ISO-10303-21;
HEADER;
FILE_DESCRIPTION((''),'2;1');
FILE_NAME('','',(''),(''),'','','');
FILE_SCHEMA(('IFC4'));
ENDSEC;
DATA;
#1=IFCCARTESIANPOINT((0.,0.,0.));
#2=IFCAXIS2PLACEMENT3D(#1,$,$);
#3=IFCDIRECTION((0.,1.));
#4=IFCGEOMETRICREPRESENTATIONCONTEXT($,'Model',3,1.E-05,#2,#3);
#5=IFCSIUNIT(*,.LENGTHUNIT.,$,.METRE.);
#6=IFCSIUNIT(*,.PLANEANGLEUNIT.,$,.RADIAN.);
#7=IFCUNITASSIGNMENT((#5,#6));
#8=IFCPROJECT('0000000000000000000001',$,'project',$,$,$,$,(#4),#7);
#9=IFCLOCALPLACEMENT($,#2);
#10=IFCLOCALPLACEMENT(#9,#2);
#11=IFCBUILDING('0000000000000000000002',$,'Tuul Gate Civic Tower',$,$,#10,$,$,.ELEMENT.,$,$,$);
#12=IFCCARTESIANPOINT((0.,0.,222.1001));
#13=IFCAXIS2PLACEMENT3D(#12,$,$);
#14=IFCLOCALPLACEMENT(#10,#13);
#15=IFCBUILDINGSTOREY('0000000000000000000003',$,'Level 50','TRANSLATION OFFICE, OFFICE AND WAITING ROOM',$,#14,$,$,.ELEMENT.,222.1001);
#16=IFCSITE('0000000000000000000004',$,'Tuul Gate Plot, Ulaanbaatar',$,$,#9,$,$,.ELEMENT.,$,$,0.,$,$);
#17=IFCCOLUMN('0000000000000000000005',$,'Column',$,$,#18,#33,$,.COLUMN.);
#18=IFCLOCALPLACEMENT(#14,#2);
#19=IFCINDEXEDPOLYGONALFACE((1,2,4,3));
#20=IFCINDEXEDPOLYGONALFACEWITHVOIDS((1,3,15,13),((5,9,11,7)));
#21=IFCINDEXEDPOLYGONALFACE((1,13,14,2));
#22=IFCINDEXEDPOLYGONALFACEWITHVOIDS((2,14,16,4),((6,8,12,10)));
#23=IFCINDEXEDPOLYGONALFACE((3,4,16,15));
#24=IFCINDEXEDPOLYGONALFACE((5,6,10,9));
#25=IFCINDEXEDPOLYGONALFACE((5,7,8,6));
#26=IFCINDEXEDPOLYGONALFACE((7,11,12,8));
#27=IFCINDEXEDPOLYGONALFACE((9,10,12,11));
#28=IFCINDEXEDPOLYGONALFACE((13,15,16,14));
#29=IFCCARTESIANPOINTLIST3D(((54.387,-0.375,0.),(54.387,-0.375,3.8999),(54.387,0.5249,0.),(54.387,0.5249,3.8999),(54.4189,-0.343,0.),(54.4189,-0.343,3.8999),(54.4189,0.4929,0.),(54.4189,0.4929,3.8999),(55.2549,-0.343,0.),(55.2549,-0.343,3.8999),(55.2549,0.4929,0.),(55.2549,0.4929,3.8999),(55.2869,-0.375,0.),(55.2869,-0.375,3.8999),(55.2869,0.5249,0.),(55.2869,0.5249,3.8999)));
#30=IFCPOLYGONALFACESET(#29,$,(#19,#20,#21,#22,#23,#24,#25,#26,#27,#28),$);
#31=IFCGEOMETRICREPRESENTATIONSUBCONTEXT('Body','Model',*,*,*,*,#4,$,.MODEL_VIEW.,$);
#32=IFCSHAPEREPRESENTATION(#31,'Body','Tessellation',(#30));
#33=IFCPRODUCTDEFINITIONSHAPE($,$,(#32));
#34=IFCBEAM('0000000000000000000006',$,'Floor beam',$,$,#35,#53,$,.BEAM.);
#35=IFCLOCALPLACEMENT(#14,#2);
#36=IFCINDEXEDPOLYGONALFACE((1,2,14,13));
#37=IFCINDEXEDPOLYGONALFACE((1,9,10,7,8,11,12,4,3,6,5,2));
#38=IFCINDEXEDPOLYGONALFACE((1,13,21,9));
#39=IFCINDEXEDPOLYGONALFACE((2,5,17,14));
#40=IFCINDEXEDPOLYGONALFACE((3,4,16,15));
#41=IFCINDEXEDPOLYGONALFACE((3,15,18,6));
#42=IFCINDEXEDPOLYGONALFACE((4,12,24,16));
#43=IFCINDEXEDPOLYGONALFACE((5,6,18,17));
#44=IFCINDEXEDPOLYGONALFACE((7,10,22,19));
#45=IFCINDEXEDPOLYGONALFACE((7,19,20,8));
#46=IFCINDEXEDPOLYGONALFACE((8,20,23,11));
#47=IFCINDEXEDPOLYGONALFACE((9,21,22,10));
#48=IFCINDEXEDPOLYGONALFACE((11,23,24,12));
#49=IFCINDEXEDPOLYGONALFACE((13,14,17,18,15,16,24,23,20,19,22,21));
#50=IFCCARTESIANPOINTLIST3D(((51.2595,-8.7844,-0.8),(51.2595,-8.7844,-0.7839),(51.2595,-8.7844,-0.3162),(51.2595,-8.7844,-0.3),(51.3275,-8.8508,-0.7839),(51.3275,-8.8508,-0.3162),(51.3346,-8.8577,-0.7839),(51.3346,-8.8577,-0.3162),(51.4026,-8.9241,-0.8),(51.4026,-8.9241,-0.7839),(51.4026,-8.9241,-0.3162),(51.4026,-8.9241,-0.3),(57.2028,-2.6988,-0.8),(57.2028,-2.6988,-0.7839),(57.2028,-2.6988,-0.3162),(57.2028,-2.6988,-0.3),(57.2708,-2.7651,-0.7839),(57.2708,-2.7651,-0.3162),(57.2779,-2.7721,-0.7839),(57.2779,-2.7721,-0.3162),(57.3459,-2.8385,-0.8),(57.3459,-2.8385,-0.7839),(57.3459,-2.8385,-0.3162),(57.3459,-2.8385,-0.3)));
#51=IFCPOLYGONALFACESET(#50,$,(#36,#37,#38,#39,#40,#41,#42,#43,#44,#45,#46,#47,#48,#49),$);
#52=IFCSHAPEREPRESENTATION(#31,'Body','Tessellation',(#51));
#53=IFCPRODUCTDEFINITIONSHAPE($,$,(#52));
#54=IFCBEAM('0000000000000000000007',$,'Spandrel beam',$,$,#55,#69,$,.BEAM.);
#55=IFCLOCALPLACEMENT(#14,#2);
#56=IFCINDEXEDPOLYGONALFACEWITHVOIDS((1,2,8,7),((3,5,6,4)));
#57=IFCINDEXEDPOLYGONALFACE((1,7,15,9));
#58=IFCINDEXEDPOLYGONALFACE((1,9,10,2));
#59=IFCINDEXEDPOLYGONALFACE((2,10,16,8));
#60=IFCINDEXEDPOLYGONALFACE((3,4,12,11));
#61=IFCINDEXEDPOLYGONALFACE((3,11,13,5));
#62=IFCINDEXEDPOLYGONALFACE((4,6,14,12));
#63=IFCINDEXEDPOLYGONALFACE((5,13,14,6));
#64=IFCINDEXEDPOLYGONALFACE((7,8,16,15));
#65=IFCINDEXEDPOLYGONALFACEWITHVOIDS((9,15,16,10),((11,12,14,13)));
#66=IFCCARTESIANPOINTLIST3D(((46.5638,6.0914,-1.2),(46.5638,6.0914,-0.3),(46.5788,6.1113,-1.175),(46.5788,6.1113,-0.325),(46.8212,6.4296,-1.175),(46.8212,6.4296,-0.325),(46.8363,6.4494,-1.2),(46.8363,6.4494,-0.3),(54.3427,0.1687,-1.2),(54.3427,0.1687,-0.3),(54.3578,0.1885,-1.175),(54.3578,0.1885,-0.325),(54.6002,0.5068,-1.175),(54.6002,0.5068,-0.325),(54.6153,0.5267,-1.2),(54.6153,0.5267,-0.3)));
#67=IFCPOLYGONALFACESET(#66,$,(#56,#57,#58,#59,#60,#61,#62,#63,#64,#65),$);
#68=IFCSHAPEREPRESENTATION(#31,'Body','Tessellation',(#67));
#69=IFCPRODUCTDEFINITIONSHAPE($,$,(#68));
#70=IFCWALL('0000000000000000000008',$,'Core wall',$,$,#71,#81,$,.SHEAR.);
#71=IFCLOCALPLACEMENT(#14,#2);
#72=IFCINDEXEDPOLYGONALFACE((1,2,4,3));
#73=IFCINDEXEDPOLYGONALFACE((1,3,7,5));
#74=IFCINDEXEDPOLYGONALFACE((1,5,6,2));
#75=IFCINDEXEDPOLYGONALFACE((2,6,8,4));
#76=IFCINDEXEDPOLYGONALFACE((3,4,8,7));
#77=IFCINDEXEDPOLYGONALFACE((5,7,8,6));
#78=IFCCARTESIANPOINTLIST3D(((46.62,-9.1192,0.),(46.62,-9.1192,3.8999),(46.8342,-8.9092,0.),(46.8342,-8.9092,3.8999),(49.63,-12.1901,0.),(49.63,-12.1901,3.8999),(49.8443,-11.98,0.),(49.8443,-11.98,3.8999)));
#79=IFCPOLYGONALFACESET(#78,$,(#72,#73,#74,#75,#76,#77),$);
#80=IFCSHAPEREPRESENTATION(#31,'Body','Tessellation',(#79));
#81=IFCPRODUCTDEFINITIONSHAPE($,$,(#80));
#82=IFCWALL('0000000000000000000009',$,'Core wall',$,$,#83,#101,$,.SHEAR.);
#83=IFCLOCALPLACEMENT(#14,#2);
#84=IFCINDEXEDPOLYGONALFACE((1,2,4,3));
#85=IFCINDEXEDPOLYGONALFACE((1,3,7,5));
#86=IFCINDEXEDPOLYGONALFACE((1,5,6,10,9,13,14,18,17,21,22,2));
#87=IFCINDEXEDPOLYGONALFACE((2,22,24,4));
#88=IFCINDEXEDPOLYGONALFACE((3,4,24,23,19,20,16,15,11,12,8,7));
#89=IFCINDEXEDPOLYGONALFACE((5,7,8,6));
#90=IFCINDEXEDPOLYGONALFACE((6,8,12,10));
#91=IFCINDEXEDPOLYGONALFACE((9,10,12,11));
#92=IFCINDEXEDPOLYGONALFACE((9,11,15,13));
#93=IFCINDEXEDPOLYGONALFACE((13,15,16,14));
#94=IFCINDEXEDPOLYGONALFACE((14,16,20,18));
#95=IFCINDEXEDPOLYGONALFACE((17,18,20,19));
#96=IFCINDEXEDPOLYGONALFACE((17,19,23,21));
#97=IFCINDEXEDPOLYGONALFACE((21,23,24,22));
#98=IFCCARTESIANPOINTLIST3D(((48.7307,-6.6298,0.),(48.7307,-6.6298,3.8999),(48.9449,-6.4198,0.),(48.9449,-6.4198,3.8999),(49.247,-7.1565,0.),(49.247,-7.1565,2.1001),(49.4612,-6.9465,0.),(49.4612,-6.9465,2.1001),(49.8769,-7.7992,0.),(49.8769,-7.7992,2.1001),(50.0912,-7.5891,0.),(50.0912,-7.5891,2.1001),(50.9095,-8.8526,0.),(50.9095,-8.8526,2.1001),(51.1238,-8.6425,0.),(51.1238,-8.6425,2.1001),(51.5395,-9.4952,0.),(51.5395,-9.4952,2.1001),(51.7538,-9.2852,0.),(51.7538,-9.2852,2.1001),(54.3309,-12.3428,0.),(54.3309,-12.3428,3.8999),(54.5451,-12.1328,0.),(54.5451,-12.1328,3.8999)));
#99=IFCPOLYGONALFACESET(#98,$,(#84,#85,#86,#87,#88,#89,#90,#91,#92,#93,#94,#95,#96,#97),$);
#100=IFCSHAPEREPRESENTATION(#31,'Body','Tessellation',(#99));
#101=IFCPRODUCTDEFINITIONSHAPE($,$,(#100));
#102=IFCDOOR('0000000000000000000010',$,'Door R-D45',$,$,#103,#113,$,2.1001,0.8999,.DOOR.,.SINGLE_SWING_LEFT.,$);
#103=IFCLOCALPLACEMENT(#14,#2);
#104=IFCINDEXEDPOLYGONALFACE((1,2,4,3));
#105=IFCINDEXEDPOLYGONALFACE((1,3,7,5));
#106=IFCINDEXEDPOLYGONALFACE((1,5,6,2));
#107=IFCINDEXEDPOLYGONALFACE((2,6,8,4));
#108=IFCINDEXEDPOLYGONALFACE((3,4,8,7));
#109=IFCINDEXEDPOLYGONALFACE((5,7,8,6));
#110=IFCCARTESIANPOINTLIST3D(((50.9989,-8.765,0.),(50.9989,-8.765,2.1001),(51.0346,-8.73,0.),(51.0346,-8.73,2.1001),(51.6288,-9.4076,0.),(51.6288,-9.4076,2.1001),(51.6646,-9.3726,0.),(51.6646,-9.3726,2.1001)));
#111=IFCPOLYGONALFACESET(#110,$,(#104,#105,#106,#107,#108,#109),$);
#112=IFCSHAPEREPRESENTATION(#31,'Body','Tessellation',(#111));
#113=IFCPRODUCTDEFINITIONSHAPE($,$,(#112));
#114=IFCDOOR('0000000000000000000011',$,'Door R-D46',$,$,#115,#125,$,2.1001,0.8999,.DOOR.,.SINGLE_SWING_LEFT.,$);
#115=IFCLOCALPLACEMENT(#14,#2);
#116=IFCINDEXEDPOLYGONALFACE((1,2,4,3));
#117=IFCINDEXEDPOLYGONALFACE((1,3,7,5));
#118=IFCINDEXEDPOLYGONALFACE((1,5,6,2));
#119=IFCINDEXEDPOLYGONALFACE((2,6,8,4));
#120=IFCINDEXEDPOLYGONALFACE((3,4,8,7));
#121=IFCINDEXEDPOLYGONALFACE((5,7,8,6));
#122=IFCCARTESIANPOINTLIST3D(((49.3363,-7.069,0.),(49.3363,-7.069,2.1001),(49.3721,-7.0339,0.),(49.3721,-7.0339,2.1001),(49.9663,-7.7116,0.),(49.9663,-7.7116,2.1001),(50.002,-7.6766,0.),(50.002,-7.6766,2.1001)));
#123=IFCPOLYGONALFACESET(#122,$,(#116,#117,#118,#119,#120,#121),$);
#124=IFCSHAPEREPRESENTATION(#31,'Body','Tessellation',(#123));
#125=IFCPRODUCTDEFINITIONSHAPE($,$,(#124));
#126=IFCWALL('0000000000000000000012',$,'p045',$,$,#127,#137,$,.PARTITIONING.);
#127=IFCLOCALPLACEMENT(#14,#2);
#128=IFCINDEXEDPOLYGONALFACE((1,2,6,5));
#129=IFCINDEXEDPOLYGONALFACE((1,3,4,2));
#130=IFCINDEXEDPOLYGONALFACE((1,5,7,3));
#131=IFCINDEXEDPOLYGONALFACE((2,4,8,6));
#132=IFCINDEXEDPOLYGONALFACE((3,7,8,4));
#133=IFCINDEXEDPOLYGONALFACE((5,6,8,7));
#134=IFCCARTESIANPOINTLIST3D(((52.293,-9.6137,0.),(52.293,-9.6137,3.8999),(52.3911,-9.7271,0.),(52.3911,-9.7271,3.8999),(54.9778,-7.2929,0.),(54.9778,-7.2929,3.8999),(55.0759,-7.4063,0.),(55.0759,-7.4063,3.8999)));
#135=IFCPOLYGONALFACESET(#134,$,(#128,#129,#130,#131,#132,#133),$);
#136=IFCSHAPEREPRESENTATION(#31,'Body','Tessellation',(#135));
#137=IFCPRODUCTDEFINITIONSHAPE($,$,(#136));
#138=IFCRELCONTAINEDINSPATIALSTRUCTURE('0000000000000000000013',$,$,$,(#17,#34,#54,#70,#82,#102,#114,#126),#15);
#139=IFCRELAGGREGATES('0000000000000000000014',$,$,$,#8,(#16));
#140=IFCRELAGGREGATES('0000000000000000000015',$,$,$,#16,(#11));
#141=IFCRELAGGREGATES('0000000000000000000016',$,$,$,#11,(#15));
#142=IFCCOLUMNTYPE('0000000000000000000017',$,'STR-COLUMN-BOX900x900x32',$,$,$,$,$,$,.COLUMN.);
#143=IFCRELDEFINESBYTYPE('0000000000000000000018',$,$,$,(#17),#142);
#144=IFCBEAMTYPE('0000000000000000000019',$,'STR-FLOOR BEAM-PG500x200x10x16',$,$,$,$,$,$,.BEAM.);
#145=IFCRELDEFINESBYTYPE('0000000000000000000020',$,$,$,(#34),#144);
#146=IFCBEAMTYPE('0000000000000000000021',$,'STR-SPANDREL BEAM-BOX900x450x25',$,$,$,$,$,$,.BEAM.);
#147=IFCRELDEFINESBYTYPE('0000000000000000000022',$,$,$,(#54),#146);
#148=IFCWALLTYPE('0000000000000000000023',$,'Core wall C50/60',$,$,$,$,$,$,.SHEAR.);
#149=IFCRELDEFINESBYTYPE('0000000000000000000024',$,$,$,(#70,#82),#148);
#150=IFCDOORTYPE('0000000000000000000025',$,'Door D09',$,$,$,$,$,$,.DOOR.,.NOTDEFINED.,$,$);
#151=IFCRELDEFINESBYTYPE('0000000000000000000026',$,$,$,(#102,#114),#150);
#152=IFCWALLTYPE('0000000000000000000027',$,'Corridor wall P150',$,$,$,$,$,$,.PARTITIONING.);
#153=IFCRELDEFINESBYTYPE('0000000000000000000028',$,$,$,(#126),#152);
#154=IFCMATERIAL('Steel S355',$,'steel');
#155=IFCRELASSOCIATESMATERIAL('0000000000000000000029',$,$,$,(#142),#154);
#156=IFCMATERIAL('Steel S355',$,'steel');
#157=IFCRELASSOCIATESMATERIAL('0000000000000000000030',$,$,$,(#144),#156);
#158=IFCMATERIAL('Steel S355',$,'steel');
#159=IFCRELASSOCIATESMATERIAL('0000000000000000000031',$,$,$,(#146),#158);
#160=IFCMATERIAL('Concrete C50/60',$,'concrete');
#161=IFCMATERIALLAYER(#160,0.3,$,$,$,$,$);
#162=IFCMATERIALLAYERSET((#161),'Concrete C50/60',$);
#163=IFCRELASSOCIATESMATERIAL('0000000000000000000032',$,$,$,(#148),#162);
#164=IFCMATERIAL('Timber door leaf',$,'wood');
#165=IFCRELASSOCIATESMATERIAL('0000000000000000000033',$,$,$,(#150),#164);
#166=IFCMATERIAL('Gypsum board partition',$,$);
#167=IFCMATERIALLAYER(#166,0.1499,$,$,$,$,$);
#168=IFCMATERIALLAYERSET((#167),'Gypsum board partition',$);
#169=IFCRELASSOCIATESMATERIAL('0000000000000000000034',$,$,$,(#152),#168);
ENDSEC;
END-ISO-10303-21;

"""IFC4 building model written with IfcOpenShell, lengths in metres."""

from ifc_helpers import new_model, si_unit, direction, frame, frame_2d, origin, origin_2d, place, context, subcontext, project, spatial, rectangle, hollow_rectangle, i_section, extrude, material, layer, layer_set, material_profile, profile_set, type_object, element, fill, save


model = new_model("IFC4")

# Units and contexts
model_context = context("Model", 3, precision=1e-05, world=origin(), true_north=direction((0.0, 1.0)))
body_context = subcontext(model_context, "Body", "Model", "MODEL_VIEW")
ifc_project = project(units=[si_unit("LENGTHUNIT", "METRE"), si_unit("PLANEANGLEUNIT", "RADIAN")], contexts=[model_context])

# Site, building, storey
site_placement = place(None, origin())
site = spatial("IfcSite", under=ifc_project, at=site_placement, Name="Tuul Gate Plot, Ulaanbaatar", CompositionType="ELEMENT", RefElevation=0.0)
building_placement = place(site_placement, origin())
building = spatial("IfcBuilding", under=site, at=building_placement, Name="Tuul Gate Civic Tower", CompositionType="ELEMENT")
storey_placement = place(building_placement, frame((0.0, 0.0, 222.1001)))
storey = spatial("IfcBuildingStorey", under=building, at=storey_placement, Name="Level 50", Description="TRANSLATION OFFICE, OFFICE AND WAITING ROOM", CompositionType="ELEMENT", Elevation=222.1001)

# Column
ifc_material_1 = material(Name="Steel S355", Category="steel")
ifc_material_profile_1 = material_profile(ifc_material_1, hollow_rectangle(XDim=0.8999, YDim=0.8999, WallThickness=0.032, at=origin_2d()), Name="BOX900x900x32")
ifc_profile_set_1 = profile_set([ifc_material_profile_1], Name="Steel S355")
column_type = type_object("IfcColumnType", Name="STR-COLUMN-BOX900x900x32", PredefinedType="COLUMN", material=ifc_profile_set_1)
column_placement = place(storey_placement, frame((54.8369, 0.075, 0.0), z_axis=(0.0, 0.0, 1.0), x_axis=(1.0, 0.0, 0.0)))
element("IfcColumn", 1, at=column_placement, inside=storey, type_object=column_type, Name="Column", PredefinedType="COLUMN", context=body_context, shape_type="SweptSolid", body=[
    extrude(hollow_rectangle(XDim=0.8999, YDim=0.8999, WallThickness=0.032, at=origin_2d()), origin(), (0.0, 0.0, 1.0), 3.8999),
])

# Beams
ifc_material_2 = material(Name="Steel S355", Category="steel")
ifc_material_profile_2 = material_profile(ifc_material_2, i_section(OverallWidth=0.2, OverallDepth=0.5, WebThickness=0.01, FlangeThickness=0.0161, at=origin_2d()), Name="PG500x200x10x16")
ifc_profile_set_2 = profile_set([ifc_material_profile_2], Name="Steel S355")
beam_type_1 = type_object("IfcBeamType", Name="STR-FLOOR BEAM-PG500x200x10x16", PredefinedType="BEAM", material=ifc_profile_set_2)
beam_1_placement = place(storey_placement, frame((51.3311, -8.8542, -0.55), z_axis=(0.698691, 0.715424, 0.0), x_axis=(-0.715424, 0.698691, 0.0)))
element("IfcBeam", 2, at=beam_1_placement, inside=storey, type_object=beam_type_1, Name="Floor beam", PredefinedType="BEAM", context=body_context, shape_type="SweptSolid", body=[
    extrude(i_section(OverallWidth=0.2, OverallDepth=0.5, WebThickness=0.01, FlangeThickness=0.0161, at=origin_2d()), origin(), (0.0, 0.0, 1.0), 8.5063),
])
ifc_material_3 = material(Name="Steel S355", Category="steel")
ifc_material_profile_3 = material_profile(ifc_material_3, hollow_rectangle(XDim=0.45, YDim=0.8999, WallThickness=0.0249, at=origin_2d()), Name="BOX900x450x25")
ifc_profile_set_3 = profile_set([ifc_material_profile_3], Name="Steel S355")
beam_type_2 = type_object("IfcBeamType", Name="STR-SPANDREL BEAM-BOX900x450x25", PredefinedType="BEAM", material=ifc_profile_set_3)
beam_2_placement = place(storey_placement, frame((54.479, 0.3477, -0.75), z_axis=(-0.795631, 0.605781, 0.0), x_axis=(-0.605781, -0.795631, 0.0)))
element("IfcBeam", 3, at=beam_2_placement, inside=storey, type_object=beam_type_2, Name="Spandrel beam", PredefinedType="BEAM", context=body_context, shape_type="SweptSolid", body=[
    extrude(hollow_rectangle(XDim=0.45, YDim=0.8999, WallThickness=0.0249, at=origin_2d()), origin(), (0.0, 0.0, 1.0), 9.7771),
])

# Wall
ifc_material_4 = material(Name="Concrete C50/60", Category="concrete")
ifc_layer_1 = layer(ifc_material_4, 0.3)
ifc_layer_set_1 = layer_set([ifc_layer_1], Name="Concrete C50/60")
wall_type_1 = type_object("IfcWallType", Name="Core wall C50/60", PredefinedType="SHEAR", material=ifc_layer_set_1)
wall_1_placement = place(storey_placement, frame((49.7371, -12.085, 0.0), z_axis=(0.0, 0.0, 1.0), x_axis=(-0.700003, 0.71414, 0.0)))
element("IfcWall", 4, at=wall_1_placement, inside=storey, type_object=wall_type_1, Name="Core wall", PredefinedType="SHEAR", context=body_context, shape_type="SweptSolid", body=[
    extrude(rectangle(XDim=4.3, YDim=0.3, at=frame_2d((2.1499, 0.0))), origin(), (0.0, 0.0, 1.0), 3.8999),
])

# Wall, openings, doors
wall_2_placement = place(storey_placement, frame((54.438, -12.2378, 0.0), z_axis=(0.0, 0.0, 1.0), x_axis=(-0.700022, 0.714121, 0.0)))
wall_2 = element("IfcWall", 5, at=wall_2_placement, inside=storey, type_object=wall_type_1, Name="Core wall", PredefinedType="SHEAR", context=body_context, shape_type="SweptSolid", body=[
    extrude(rectangle(XDim=8.0, YDim=0.3, at=frame_2d((4.0, 0.0))), origin(), (0.0, 0.0, 1.0), 3.8999),
])
opening_1_placement = place(wall_2_placement, frame((3.9875, 0.0, 0.0)))
opening_1 = element("IfcOpeningElement", 6, at=opening_1_placement, cuts=wall_2, PredefinedType="OPENING", context=body_context, shape_type="SweptSolid", body=[
    extrude(rectangle(XDim=0.8999, YDim=2.1001, at=frame_2d((0.45, 1.05))), frame((0.0, 0.1602, 0.0), z_axis=(0.0, -1.0, 0.0), x_axis=(1.0, 0.0, 0.0)), (0.0, 0.0, 1.0), 0.3201),
])
opening_2_placement = place(wall_2_placement, frame((6.3625, 0.0, 0.0)))
opening_2 = element("IfcOpeningElement", 7, at=opening_2_placement, cuts=wall_2, PredefinedType="OPENING", context=body_context, shape_type="SweptSolid", body=[
    extrude(rectangle(XDim=0.8999, YDim=2.1001, at=frame_2d((0.45, 1.05))), frame((0.0, 0.1602, 0.0), z_axis=(0.0, -1.0, 0.0), x_axis=(1.0, 0.0, 0.0)), (0.0, 0.0, 1.0), 0.3201),
])
ifc_material_5 = material(Name="Timber door leaf", Category="wood")
door_type = type_object("IfcDoorType", Name="Door D09", OperationType="NOTDEFINED", PredefinedType="DOOR", material=ifc_material_5)
door_1_placement = place(opening_1_placement, origin())
door_1 = element("IfcDoor", 8, at=door_1_placement, inside=storey, type_object=door_type, Name="Door R-D45", OperationType="SINGLE_SWING_LEFT", OverallHeight=2.1001, OverallWidth=0.8999, PredefinedType="DOOR", context=body_context, shape_type="SweptSolid", body=[
    extrude(rectangle(XDim=0.8999, YDim=2.1001, at=frame_2d((0.45, 1.05))), frame((0.0, 0.0249, 0.0), z_axis=(0.0, -1.0, 0.0), x_axis=(1.0, 0.0, 0.0)), (0.0, 0.0, 1.0), 0.05),
])
fill(opening_1, door_1)
door_2_placement = place(opening_2_placement, origin())
door_2 = element("IfcDoor", 9, at=door_2_placement, inside=storey, type_object=door_type, Name="Door R-D46", OperationType="SINGLE_SWING_LEFT", OverallHeight=2.1001, OverallWidth=0.8999, PredefinedType="DOOR", context=body_context, shape_type="SweptSolid", body=[
    extrude(rectangle(XDim=0.8999, YDim=2.1001, at=frame_2d((0.45, 1.05))), frame((0.0, 0.0249, 0.0), z_axis=(0.0, -1.0, 0.0), x_axis=(1.0, 0.0, 0.0)), (0.0, 0.0, 1.0), 0.05),
])
fill(opening_2, door_2)

# Wall
ifc_material_6 = material(Name="Gypsum board partition")
ifc_layer_2 = layer(ifc_material_6, 0.1499)
ifc_layer_set_2 = layer_set([ifc_layer_2], Name="Gypsum board partition")
wall_type_2 = type_object("IfcWallType", Name="Corridor wall P150", PredefinedType="PARTITIONING", material=ifc_layer_set_2)
wall_3_placement = place(storey_placement, frame((52.342, -9.6704, 0.0), z_axis=(0.0, 0.0, 1.0), x_axis=(0.756531, 0.653958, 0.0)))
element("IfcWall", 10, at=wall_3_placement, inside=storey, type_object=wall_type_2, Name="p045", PredefinedType="PARTITIONING", context=body_context, shape_type="SweptSolid", body=[
    extrude(rectangle(XDim=3.5488, YDim=0.1499, at=frame_2d((1.7744, 0.0))), origin(), (0.0, 0.0, 1.0), 3.8999),
])

save(model, "model.ifc")
